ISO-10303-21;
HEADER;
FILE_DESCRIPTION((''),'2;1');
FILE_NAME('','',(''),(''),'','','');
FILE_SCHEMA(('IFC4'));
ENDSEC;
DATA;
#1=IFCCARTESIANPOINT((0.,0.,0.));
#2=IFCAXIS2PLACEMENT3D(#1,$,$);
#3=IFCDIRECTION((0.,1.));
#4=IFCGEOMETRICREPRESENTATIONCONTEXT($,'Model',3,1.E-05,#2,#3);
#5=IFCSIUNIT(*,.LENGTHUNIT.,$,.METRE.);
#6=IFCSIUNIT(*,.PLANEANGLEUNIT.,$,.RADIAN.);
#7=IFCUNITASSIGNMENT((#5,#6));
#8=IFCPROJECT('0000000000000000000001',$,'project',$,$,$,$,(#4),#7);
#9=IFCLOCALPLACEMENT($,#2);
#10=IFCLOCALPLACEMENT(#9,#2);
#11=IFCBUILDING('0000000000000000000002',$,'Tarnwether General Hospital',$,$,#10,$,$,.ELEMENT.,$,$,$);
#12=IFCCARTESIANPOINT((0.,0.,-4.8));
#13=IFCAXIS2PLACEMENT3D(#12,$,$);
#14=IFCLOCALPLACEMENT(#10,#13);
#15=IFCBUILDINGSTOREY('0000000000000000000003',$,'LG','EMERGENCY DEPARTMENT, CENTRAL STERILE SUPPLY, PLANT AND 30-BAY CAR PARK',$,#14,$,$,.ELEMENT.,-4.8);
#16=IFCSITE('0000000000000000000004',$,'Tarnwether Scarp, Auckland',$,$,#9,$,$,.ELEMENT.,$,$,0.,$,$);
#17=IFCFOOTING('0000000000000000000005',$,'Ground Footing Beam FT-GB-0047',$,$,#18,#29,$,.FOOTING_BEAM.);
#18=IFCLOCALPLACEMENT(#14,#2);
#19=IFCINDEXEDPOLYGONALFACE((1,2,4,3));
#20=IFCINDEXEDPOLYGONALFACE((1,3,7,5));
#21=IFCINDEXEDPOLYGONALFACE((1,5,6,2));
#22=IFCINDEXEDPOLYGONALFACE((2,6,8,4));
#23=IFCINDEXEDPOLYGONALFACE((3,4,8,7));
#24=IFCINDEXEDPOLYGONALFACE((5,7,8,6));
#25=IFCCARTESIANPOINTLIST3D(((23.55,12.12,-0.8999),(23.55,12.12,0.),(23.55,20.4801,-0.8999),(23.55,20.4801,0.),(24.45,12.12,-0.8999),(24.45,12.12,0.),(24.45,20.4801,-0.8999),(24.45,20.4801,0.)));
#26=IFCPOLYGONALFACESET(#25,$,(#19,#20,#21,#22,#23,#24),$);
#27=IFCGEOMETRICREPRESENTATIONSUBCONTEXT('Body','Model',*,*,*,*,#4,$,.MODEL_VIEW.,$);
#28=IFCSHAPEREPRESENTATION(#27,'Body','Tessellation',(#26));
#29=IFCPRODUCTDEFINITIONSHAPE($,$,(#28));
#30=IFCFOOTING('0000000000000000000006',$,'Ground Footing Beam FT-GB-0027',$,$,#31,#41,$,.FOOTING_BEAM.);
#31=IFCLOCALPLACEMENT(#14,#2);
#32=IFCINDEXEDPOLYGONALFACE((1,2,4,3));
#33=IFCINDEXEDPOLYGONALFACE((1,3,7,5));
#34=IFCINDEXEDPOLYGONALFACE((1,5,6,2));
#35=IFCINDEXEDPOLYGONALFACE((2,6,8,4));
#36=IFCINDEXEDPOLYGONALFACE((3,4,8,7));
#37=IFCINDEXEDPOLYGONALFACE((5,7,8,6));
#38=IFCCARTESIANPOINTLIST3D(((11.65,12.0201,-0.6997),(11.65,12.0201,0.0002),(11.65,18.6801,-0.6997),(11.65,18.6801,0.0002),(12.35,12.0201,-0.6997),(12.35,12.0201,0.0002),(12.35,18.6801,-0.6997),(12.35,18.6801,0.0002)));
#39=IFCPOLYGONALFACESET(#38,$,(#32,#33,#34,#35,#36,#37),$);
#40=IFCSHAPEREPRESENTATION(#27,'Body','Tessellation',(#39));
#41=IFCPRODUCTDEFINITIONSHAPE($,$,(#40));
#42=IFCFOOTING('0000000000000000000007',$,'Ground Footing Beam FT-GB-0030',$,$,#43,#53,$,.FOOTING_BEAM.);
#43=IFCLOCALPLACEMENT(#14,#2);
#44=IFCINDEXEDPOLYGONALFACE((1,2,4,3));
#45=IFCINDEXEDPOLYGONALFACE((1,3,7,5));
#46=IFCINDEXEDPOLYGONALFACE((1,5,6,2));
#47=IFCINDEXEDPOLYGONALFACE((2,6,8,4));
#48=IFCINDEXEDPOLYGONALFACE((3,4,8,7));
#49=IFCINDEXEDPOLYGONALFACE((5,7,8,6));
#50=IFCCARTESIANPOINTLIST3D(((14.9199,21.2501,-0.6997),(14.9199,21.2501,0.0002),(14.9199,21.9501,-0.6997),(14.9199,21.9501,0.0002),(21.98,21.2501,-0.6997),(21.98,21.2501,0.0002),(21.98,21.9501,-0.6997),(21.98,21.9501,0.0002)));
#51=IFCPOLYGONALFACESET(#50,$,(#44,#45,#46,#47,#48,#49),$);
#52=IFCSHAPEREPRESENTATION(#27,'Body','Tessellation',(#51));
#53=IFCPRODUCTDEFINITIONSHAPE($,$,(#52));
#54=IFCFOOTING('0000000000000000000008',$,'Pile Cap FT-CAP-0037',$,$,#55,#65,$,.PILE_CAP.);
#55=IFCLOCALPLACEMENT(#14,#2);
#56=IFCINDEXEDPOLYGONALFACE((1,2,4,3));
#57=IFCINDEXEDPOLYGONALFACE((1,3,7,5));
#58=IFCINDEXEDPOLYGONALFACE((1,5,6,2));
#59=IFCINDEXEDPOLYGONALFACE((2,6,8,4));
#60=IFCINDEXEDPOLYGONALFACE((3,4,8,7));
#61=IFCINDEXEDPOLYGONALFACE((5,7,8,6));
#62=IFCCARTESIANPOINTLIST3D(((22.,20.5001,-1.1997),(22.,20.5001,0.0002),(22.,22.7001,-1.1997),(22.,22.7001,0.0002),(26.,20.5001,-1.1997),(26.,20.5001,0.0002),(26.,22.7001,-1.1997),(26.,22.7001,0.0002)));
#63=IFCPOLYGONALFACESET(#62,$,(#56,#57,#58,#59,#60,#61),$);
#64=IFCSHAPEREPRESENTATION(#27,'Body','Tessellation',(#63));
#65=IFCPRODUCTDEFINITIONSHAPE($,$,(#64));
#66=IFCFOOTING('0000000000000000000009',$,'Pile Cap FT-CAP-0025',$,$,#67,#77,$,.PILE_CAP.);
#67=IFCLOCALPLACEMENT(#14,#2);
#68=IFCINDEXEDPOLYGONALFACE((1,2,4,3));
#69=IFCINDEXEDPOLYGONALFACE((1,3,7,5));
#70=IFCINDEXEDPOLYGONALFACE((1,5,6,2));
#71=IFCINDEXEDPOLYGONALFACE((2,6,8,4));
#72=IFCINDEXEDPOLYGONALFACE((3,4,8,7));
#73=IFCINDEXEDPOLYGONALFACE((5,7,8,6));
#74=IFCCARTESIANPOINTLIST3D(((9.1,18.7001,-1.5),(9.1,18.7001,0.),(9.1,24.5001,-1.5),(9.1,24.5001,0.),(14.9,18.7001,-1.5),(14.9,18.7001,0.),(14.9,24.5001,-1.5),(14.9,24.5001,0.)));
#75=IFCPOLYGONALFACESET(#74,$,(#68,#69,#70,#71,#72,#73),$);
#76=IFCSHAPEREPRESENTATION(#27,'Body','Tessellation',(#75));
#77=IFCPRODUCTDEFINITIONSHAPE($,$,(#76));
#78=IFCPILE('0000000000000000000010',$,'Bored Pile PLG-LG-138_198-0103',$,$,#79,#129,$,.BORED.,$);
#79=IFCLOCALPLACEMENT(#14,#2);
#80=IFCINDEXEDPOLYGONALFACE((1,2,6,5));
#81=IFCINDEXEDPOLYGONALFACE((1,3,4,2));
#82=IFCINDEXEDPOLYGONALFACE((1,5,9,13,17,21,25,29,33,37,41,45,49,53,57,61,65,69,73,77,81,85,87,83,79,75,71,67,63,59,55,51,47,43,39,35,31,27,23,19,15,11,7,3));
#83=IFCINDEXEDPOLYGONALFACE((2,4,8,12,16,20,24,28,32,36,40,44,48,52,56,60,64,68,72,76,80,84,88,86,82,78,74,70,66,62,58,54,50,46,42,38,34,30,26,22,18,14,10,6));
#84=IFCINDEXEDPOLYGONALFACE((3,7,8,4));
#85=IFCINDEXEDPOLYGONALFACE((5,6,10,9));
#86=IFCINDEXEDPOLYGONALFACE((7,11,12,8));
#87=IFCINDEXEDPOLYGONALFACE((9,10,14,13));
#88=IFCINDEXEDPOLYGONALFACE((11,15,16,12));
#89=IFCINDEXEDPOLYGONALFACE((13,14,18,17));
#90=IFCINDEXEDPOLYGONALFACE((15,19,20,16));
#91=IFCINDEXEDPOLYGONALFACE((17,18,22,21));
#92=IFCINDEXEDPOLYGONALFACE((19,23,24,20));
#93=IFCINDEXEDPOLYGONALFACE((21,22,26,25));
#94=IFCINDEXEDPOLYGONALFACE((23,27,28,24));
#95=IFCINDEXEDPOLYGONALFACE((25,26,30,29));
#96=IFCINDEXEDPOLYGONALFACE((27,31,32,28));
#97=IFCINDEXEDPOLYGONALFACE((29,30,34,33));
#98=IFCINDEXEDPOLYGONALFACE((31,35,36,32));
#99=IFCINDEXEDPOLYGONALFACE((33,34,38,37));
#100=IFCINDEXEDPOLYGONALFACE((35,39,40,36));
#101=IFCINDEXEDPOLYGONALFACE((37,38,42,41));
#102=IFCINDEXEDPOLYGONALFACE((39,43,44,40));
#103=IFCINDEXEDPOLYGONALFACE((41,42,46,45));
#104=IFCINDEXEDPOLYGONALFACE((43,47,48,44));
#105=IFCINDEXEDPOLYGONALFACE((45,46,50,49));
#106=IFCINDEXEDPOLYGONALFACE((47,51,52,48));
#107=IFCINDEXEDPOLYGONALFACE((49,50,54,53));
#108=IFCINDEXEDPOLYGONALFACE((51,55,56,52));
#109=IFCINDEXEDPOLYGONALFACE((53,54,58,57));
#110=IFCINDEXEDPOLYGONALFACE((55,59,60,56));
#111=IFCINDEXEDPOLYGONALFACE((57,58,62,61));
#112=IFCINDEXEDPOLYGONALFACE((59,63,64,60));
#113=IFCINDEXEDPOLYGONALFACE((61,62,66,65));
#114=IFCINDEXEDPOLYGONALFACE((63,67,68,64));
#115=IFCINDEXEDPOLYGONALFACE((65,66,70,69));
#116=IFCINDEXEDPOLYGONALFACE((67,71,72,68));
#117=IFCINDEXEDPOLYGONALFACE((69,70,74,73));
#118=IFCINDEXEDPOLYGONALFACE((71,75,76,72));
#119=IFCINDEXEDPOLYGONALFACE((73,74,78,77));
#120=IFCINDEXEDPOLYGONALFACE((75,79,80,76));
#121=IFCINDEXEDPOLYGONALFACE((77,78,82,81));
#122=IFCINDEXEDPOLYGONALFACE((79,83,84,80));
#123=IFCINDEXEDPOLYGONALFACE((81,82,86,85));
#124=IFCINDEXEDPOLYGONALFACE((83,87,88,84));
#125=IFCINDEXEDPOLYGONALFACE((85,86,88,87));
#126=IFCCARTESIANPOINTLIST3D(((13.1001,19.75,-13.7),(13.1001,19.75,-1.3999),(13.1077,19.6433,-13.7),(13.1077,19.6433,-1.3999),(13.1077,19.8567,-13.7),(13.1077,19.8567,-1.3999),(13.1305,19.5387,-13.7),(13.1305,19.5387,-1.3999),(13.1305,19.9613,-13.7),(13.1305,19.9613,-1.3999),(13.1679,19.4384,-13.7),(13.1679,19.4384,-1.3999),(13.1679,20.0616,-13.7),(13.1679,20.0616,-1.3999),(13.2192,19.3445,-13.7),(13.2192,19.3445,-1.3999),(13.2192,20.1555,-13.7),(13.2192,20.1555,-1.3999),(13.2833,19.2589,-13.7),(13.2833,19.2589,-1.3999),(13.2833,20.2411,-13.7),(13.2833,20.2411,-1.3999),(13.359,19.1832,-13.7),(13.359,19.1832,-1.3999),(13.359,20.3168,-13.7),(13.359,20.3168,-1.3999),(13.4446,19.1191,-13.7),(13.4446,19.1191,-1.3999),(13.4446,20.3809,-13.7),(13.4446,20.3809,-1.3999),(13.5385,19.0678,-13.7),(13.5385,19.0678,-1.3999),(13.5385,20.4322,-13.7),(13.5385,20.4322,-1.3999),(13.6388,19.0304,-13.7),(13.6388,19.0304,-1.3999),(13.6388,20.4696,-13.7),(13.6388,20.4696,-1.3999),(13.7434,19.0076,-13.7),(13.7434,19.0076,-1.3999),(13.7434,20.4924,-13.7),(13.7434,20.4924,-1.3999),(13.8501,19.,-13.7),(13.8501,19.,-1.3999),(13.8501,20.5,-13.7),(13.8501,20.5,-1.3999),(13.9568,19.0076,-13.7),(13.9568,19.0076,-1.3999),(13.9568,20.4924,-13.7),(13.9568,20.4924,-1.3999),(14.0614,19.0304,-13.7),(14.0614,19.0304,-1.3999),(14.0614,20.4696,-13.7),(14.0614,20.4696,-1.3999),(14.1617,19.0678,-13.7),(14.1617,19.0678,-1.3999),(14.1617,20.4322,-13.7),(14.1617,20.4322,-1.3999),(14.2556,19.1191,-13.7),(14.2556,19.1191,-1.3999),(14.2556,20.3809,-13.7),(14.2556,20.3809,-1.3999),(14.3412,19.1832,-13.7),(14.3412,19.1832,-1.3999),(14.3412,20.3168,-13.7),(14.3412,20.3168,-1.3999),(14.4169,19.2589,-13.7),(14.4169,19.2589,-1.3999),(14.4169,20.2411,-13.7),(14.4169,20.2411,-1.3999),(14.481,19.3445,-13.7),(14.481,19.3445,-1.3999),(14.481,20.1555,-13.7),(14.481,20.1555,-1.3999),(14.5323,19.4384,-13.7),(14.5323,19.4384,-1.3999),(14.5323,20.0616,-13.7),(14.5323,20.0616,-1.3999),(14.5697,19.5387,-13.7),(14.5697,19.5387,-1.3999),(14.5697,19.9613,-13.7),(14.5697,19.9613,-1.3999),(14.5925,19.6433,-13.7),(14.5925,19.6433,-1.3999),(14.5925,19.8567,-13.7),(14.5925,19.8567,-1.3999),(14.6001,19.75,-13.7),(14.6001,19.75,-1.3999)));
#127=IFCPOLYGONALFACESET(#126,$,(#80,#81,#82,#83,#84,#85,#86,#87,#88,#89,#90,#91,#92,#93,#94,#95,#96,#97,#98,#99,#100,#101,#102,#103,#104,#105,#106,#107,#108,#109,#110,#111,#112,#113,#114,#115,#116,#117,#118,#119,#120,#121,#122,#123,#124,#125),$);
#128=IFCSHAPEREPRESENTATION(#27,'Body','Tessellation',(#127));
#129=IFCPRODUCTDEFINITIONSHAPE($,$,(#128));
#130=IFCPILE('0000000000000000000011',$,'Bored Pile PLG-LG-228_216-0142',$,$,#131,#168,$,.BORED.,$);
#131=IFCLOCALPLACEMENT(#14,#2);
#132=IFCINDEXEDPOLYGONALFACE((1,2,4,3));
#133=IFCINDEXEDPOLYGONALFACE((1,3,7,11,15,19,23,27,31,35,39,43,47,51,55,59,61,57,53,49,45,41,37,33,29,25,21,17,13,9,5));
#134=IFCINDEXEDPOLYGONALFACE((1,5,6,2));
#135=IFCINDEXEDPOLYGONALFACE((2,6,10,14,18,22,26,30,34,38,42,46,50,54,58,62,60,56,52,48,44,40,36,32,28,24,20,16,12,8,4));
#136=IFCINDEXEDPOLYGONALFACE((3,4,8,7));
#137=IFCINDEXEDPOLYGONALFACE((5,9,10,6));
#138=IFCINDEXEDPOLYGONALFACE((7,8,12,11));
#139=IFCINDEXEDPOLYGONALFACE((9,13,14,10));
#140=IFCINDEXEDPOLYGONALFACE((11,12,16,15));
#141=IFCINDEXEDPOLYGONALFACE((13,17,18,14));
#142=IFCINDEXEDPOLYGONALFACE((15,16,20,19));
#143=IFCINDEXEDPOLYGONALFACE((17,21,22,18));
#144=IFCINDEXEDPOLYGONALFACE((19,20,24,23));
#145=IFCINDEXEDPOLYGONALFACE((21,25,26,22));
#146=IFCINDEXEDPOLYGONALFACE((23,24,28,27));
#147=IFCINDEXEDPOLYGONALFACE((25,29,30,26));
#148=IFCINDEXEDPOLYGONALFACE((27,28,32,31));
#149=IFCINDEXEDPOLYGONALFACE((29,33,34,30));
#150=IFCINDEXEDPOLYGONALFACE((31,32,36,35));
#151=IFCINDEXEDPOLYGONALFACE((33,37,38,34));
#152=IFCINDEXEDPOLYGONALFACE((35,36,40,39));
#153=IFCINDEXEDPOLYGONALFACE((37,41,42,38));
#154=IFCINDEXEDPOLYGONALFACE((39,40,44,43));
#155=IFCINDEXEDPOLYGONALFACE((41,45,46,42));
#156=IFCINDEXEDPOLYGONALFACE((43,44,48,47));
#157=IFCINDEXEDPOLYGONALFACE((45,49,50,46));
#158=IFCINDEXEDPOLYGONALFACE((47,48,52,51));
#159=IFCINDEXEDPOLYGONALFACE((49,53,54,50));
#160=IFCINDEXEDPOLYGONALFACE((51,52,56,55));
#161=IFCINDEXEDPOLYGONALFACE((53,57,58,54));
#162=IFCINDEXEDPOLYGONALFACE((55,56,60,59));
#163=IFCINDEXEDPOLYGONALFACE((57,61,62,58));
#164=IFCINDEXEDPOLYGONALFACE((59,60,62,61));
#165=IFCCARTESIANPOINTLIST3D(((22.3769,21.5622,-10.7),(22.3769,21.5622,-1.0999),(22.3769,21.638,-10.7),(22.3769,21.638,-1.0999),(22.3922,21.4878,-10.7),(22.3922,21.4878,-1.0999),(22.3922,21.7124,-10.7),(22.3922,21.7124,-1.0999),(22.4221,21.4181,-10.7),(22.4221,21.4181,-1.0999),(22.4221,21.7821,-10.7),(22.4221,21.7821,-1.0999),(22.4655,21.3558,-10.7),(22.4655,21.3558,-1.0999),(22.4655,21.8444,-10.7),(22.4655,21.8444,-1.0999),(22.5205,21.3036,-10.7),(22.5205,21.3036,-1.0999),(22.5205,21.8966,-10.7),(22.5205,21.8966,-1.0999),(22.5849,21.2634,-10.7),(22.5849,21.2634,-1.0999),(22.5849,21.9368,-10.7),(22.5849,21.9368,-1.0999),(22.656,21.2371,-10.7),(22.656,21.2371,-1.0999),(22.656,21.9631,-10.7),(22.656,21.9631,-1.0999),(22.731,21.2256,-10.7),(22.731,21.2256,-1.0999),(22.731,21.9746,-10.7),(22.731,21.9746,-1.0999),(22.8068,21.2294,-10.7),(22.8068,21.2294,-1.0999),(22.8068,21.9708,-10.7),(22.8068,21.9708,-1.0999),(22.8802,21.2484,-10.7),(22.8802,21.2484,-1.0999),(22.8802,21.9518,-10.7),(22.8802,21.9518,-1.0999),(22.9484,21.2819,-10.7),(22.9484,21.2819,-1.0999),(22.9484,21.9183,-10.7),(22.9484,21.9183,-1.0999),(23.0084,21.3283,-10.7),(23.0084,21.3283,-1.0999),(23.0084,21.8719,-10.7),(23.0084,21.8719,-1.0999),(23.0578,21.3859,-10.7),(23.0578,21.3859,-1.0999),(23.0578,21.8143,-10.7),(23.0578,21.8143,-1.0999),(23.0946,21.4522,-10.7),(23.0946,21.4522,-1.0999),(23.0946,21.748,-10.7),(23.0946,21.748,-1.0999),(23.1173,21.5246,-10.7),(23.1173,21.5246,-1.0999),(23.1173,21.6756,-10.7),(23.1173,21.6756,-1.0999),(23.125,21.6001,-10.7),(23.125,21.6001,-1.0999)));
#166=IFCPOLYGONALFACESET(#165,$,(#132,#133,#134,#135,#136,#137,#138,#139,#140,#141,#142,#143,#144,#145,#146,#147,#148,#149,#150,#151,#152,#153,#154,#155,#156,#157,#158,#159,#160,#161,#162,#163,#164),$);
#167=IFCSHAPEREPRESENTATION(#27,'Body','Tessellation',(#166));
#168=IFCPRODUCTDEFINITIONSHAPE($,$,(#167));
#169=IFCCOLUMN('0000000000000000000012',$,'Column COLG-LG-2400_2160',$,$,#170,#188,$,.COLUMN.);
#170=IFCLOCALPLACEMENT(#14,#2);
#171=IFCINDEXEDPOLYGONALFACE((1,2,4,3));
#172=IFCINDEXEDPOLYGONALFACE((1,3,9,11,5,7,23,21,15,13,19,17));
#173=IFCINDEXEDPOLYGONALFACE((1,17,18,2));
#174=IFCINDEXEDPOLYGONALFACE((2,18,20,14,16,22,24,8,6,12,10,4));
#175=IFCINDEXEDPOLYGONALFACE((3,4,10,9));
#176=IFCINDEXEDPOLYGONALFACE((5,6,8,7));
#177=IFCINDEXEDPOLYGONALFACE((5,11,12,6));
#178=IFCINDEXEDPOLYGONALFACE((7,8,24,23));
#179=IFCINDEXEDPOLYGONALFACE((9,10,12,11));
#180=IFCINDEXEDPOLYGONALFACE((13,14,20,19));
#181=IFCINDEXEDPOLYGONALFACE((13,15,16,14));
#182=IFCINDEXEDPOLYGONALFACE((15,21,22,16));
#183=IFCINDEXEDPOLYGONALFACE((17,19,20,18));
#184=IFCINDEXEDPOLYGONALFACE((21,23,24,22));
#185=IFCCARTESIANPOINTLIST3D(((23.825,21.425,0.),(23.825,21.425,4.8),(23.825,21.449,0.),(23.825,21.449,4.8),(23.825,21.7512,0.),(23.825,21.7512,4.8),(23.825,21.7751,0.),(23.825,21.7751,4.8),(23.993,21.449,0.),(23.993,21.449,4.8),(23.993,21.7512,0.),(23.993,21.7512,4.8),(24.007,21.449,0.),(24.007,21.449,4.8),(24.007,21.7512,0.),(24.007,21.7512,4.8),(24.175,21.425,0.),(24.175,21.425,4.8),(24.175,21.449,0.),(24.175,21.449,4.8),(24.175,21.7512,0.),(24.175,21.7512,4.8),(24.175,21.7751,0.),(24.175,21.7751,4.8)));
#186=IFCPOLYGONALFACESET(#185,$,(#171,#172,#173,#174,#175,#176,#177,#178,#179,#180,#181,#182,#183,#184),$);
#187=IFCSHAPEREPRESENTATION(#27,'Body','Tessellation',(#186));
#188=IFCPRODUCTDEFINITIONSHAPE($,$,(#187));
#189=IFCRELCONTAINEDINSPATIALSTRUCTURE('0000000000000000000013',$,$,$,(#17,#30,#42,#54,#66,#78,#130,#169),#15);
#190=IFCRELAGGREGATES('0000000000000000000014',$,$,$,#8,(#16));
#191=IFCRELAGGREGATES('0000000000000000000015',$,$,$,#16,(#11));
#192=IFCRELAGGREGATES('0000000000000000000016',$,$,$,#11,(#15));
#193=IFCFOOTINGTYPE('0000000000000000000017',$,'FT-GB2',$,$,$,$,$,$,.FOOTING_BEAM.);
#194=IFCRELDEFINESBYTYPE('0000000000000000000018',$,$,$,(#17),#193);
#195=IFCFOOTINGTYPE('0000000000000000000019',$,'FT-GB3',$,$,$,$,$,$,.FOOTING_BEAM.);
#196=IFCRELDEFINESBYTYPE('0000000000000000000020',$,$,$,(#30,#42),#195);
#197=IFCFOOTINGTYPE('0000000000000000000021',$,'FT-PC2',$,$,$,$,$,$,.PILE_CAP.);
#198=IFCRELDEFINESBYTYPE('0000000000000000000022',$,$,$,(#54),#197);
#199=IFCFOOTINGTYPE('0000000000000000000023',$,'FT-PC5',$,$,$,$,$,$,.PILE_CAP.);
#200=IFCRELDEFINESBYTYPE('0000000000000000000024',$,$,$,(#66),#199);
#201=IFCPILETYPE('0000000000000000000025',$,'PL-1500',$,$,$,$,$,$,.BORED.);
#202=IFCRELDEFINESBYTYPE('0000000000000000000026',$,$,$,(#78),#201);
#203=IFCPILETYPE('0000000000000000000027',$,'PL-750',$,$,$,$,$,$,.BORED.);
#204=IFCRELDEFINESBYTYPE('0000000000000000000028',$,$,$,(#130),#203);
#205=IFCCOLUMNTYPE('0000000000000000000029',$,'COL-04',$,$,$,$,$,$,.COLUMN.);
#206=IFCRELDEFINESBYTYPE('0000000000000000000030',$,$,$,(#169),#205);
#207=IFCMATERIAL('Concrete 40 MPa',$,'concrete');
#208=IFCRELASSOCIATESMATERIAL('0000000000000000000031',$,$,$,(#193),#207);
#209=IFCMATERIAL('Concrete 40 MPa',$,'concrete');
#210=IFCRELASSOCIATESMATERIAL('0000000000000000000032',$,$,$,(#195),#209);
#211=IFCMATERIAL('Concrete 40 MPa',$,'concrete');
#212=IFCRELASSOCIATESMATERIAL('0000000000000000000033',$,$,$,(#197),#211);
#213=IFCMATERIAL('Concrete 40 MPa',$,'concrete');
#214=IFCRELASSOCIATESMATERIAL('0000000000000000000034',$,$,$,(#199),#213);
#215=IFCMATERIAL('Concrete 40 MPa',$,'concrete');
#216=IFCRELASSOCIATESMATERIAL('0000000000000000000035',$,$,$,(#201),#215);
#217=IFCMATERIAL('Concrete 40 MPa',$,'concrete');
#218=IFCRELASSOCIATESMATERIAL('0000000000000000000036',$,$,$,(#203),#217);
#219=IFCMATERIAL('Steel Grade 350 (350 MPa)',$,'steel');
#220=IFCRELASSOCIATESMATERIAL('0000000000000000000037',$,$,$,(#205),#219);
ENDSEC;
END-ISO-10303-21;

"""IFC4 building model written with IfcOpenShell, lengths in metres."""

from ifc_helpers import new_model, si_unit, direction, frame, origin, origin_2d, place, context, subcontext, project, spatial, rectangle, circle, i_section, extrude, material, material_profile, profile_set, type_object, element, save


model = new_model("IFC4")

# Units and contexts
model_context = context("Model", 3, precision=1e-05, world=origin(), true_north=direction((0.0, 1.0)))
body_context = subcontext(model_context, "Body", "Model", "MODEL_VIEW")
ifc_project = project(units=[si_unit("LENGTHUNIT", "METRE"), si_unit("PLANEANGLEUNIT", "RADIAN")], contexts=[model_context])

# Site, building, storey
site_placement = place(None, origin())
site = spatial("IfcSite", under=ifc_project, at=site_placement, Name="Tarnwether Scarp, Auckland", CompositionType="ELEMENT", RefElevation=0.0)
building_placement = place(site_placement, origin())
building = spatial("IfcBuilding", under=site, at=building_placement, Name="Tarnwether General Hospital", CompositionType="ELEMENT")
storey_placement = place(building_placement, frame((0.0, 0.0, -4.8)))
storey = spatial("IfcBuildingStorey", under=building, at=storey_placement, Name="LG", Description="EMERGENCY DEPARTMENT, CENTRAL STERILE SUPPLY, PLANT AND 30-BAY CAR PARK", CompositionType="ELEMENT", Elevation=-4.8)

# Footings
ifc_material_1 = material(Name="Concrete 40 MPa", Category="concrete")
footing_type_1 = type_object("IfcFootingType", Name="FT-GB2", PredefinedType="FOOTING_BEAM", material=ifc_material_1)
footing_1_placement = place(storey_placement, frame((24.0, 16.3, -0.8999), z_axis=(0.0, 0.0, 1.0), x_axis=(0.0, 1.0, 0.0)))
element("IfcFooting", 1, at=footing_1_placement, inside=storey, type_object=footing_type_1, Name="Ground Footing Beam FT-GB-0047", PredefinedType="FOOTING_BEAM", context=body_context, shape_type="SweptSolid", body=[
    extrude(rectangle(XDim=8.3601, YDim=0.8999, at=origin_2d()), origin(), (0.0, 0.0, 1.0), 0.8999),
])
ifc_material_2 = material(Name="Concrete 40 MPa", Category="concrete")
footing_type_2 = type_object("IfcFootingType", Name="FT-GB3", PredefinedType="FOOTING_BEAM", material=ifc_material_2)
footing_2_placement = place(storey_placement, frame((12.0, 15.3501, -0.6997), z_axis=(0.0, 0.0, 1.0), x_axis=(0.0, 1.0, 0.0)))
element("IfcFooting", 2, at=footing_2_placement, inside=storey, type_object=footing_type_2, Name="Ground Footing Beam FT-GB-0027", PredefinedType="FOOTING_BEAM", context=body_context, shape_type="SweptSolid", body=[
    extrude(rectangle(XDim=6.6599, YDim=0.7, at=origin_2d()), origin(), (0.0, 0.0, 1.0), 0.7),
])
footing_3_placement = place(storey_placement, frame((18.45, 21.6001, -0.6997), z_axis=(0.0, 0.0, 1.0), x_axis=(1.0, 0.0, 0.0)))
element("IfcFooting", 3, at=footing_3_placement, inside=storey, type_object=footing_type_2, Name="Ground Footing Beam FT-GB-0030", PredefinedType="FOOTING_BEAM", context=body_context, shape_type="SweptSolid", body=[
    extrude(rectangle(XDim=7.0601, YDim=0.7, at=origin_2d()), origin(), (0.0, 0.0, 1.0), 0.7),
])
ifc_material_3 = material(Name="Concrete 40 MPa", Category="concrete")
footing_type_3 = type_object("IfcFootingType", Name="FT-PC2", PredefinedType="PILE_CAP", material=ifc_material_3)
footing_4_placement = place(storey_placement, frame((24.0, 21.6001, -1.1997), z_axis=(0.0, 0.0, 1.0), x_axis=(1.0, 0.0, 0.0)))
element("IfcFooting", 4, at=footing_4_placement, inside=storey, type_object=footing_type_3, Name="Pile Cap FT-CAP-0037", PredefinedType="PILE_CAP", context=body_context, shape_type="SweptSolid", body=[
    extrude(rectangle(XDim=4.0, YDim=2.2, at=origin_2d()), origin(), (0.0, 0.0, 1.0), 1.2),
])
ifc_material_4 = material(Name="Concrete 40 MPa", Category="concrete")
footing_type_4 = type_object("IfcFootingType", Name="FT-PC5", PredefinedType="PILE_CAP", material=ifc_material_4)
footing_5_placement = place(storey_placement, frame((12.0, 21.6001, -1.5), z_axis=(0.0, 0.0, 1.0), x_axis=(0.0, 1.0, 0.0)))
element("IfcFooting", 5, at=footing_5_placement, inside=storey, type_object=footing_type_4, Name="Pile Cap FT-CAP-0025", PredefinedType="PILE_CAP", context=body_context, shape_type="SweptSolid", body=[
    extrude(rectangle(XDim=5.8, YDim=5.8, at=origin_2d()), origin(), (0.0, 0.0, 1.0), 1.5),
])

# Piles
ifc_material_5 = material(Name="Concrete 40 MPa", Category="concrete")
ifc_material_profile_1 = material_profile(ifc_material_5, circle(Radius=0.75, at=origin_2d()), Name="PILE-D1500")
ifc_profile_set_1 = profile_set([ifc_material_profile_1], Name="Concrete 40 MPa")
pile_type_1 = type_object("IfcPileType", Name="PL-1500", PredefinedType="BORED", material=ifc_profile_set_1)
pile_1_placement = place(storey_placement, frame((13.8501, 19.75, -1.3999), z_axis=(0.0, 0.0, -1.0), x_axis=(1.0, 0.0, 0.0)))
element("IfcPile", 6, at=pile_1_placement, inside=storey, type_object=pile_type_1, Name="Bored Pile PLG-LG-138_198-0103", PredefinedType="BORED", context=body_context, shape_type="SweptSolid", body=[
    extrude(circle(Radius=0.75, at=origin_2d()), origin(), (0.0, 0.0, 1.0), 12.3),
])
ifc_material_6 = material(Name="Concrete 40 MPa", Category="concrete")
ifc_material_profile_2 = material_profile(ifc_material_6, circle(Radius=0.375, at=origin_2d()), Name="PILE-D750")
ifc_profile_set_2 = profile_set([ifc_material_profile_2], Name="Concrete 40 MPa")
pile_type_2 = type_object("IfcPileType", Name="PL-750", PredefinedType="BORED", material=ifc_profile_set_2)
pile_2_placement = place(storey_placement, frame((22.75, 21.6001, -1.0999), z_axis=(0.0, 0.0, -1.0), x_axis=(1.0, 0.0, 0.0)))
element("IfcPile", 7, at=pile_2_placement, inside=storey, type_object=pile_type_2, Name="Bored Pile PLG-LG-228_216-0142", PredefinedType="BORED", context=body_context, shape_type="SweptSolid", body=[
    extrude(circle(Radius=0.375, at=origin_2d()), origin(), (0.0, 0.0, 1.0), 9.6001),
])

# Column
ifc_material_7 = material(Name="Steel Grade 350 (350 MPa)", Category="steel")
ifc_material_profile_3 = material_profile(ifc_material_7, i_section(OverallWidth=0.3501, OverallDepth=0.3501, WebThickness=0.0139, FlangeThickness=0.0239, at=origin_2d()), Name="350WC197")
ifc_profile_set_3 = profile_set([ifc_material_profile_3], Name="Steel Grade 350 (350 MPa)")
column_type_1 = type_object("IfcColumnType", Name="COL-04", PredefinedType="COLUMN", material=ifc_profile_set_3)
column_1_placement = place(storey_placement, frame((24.0, 21.6001, 0.0), z_axis=(0.0, 0.0, 1.0), x_axis=(1.0, 0.0, 0.0)))
element("IfcColumn", 8, at=column_1_placement, inside=storey, type_object=column_type_1, Name="Column COLG-LG-2400_2160", PredefinedType="COLUMN", context=body_context, shape_type="SweptSolid", body=[
    extrude(i_section(OverallWidth=0.3501, OverallDepth=0.3501, WebThickness=0.0139, FlangeThickness=0.0239, at=origin_2d()), origin(), (0.0, 0.0, 1.0), 4.8),
])

save(model, "model.ifc")
